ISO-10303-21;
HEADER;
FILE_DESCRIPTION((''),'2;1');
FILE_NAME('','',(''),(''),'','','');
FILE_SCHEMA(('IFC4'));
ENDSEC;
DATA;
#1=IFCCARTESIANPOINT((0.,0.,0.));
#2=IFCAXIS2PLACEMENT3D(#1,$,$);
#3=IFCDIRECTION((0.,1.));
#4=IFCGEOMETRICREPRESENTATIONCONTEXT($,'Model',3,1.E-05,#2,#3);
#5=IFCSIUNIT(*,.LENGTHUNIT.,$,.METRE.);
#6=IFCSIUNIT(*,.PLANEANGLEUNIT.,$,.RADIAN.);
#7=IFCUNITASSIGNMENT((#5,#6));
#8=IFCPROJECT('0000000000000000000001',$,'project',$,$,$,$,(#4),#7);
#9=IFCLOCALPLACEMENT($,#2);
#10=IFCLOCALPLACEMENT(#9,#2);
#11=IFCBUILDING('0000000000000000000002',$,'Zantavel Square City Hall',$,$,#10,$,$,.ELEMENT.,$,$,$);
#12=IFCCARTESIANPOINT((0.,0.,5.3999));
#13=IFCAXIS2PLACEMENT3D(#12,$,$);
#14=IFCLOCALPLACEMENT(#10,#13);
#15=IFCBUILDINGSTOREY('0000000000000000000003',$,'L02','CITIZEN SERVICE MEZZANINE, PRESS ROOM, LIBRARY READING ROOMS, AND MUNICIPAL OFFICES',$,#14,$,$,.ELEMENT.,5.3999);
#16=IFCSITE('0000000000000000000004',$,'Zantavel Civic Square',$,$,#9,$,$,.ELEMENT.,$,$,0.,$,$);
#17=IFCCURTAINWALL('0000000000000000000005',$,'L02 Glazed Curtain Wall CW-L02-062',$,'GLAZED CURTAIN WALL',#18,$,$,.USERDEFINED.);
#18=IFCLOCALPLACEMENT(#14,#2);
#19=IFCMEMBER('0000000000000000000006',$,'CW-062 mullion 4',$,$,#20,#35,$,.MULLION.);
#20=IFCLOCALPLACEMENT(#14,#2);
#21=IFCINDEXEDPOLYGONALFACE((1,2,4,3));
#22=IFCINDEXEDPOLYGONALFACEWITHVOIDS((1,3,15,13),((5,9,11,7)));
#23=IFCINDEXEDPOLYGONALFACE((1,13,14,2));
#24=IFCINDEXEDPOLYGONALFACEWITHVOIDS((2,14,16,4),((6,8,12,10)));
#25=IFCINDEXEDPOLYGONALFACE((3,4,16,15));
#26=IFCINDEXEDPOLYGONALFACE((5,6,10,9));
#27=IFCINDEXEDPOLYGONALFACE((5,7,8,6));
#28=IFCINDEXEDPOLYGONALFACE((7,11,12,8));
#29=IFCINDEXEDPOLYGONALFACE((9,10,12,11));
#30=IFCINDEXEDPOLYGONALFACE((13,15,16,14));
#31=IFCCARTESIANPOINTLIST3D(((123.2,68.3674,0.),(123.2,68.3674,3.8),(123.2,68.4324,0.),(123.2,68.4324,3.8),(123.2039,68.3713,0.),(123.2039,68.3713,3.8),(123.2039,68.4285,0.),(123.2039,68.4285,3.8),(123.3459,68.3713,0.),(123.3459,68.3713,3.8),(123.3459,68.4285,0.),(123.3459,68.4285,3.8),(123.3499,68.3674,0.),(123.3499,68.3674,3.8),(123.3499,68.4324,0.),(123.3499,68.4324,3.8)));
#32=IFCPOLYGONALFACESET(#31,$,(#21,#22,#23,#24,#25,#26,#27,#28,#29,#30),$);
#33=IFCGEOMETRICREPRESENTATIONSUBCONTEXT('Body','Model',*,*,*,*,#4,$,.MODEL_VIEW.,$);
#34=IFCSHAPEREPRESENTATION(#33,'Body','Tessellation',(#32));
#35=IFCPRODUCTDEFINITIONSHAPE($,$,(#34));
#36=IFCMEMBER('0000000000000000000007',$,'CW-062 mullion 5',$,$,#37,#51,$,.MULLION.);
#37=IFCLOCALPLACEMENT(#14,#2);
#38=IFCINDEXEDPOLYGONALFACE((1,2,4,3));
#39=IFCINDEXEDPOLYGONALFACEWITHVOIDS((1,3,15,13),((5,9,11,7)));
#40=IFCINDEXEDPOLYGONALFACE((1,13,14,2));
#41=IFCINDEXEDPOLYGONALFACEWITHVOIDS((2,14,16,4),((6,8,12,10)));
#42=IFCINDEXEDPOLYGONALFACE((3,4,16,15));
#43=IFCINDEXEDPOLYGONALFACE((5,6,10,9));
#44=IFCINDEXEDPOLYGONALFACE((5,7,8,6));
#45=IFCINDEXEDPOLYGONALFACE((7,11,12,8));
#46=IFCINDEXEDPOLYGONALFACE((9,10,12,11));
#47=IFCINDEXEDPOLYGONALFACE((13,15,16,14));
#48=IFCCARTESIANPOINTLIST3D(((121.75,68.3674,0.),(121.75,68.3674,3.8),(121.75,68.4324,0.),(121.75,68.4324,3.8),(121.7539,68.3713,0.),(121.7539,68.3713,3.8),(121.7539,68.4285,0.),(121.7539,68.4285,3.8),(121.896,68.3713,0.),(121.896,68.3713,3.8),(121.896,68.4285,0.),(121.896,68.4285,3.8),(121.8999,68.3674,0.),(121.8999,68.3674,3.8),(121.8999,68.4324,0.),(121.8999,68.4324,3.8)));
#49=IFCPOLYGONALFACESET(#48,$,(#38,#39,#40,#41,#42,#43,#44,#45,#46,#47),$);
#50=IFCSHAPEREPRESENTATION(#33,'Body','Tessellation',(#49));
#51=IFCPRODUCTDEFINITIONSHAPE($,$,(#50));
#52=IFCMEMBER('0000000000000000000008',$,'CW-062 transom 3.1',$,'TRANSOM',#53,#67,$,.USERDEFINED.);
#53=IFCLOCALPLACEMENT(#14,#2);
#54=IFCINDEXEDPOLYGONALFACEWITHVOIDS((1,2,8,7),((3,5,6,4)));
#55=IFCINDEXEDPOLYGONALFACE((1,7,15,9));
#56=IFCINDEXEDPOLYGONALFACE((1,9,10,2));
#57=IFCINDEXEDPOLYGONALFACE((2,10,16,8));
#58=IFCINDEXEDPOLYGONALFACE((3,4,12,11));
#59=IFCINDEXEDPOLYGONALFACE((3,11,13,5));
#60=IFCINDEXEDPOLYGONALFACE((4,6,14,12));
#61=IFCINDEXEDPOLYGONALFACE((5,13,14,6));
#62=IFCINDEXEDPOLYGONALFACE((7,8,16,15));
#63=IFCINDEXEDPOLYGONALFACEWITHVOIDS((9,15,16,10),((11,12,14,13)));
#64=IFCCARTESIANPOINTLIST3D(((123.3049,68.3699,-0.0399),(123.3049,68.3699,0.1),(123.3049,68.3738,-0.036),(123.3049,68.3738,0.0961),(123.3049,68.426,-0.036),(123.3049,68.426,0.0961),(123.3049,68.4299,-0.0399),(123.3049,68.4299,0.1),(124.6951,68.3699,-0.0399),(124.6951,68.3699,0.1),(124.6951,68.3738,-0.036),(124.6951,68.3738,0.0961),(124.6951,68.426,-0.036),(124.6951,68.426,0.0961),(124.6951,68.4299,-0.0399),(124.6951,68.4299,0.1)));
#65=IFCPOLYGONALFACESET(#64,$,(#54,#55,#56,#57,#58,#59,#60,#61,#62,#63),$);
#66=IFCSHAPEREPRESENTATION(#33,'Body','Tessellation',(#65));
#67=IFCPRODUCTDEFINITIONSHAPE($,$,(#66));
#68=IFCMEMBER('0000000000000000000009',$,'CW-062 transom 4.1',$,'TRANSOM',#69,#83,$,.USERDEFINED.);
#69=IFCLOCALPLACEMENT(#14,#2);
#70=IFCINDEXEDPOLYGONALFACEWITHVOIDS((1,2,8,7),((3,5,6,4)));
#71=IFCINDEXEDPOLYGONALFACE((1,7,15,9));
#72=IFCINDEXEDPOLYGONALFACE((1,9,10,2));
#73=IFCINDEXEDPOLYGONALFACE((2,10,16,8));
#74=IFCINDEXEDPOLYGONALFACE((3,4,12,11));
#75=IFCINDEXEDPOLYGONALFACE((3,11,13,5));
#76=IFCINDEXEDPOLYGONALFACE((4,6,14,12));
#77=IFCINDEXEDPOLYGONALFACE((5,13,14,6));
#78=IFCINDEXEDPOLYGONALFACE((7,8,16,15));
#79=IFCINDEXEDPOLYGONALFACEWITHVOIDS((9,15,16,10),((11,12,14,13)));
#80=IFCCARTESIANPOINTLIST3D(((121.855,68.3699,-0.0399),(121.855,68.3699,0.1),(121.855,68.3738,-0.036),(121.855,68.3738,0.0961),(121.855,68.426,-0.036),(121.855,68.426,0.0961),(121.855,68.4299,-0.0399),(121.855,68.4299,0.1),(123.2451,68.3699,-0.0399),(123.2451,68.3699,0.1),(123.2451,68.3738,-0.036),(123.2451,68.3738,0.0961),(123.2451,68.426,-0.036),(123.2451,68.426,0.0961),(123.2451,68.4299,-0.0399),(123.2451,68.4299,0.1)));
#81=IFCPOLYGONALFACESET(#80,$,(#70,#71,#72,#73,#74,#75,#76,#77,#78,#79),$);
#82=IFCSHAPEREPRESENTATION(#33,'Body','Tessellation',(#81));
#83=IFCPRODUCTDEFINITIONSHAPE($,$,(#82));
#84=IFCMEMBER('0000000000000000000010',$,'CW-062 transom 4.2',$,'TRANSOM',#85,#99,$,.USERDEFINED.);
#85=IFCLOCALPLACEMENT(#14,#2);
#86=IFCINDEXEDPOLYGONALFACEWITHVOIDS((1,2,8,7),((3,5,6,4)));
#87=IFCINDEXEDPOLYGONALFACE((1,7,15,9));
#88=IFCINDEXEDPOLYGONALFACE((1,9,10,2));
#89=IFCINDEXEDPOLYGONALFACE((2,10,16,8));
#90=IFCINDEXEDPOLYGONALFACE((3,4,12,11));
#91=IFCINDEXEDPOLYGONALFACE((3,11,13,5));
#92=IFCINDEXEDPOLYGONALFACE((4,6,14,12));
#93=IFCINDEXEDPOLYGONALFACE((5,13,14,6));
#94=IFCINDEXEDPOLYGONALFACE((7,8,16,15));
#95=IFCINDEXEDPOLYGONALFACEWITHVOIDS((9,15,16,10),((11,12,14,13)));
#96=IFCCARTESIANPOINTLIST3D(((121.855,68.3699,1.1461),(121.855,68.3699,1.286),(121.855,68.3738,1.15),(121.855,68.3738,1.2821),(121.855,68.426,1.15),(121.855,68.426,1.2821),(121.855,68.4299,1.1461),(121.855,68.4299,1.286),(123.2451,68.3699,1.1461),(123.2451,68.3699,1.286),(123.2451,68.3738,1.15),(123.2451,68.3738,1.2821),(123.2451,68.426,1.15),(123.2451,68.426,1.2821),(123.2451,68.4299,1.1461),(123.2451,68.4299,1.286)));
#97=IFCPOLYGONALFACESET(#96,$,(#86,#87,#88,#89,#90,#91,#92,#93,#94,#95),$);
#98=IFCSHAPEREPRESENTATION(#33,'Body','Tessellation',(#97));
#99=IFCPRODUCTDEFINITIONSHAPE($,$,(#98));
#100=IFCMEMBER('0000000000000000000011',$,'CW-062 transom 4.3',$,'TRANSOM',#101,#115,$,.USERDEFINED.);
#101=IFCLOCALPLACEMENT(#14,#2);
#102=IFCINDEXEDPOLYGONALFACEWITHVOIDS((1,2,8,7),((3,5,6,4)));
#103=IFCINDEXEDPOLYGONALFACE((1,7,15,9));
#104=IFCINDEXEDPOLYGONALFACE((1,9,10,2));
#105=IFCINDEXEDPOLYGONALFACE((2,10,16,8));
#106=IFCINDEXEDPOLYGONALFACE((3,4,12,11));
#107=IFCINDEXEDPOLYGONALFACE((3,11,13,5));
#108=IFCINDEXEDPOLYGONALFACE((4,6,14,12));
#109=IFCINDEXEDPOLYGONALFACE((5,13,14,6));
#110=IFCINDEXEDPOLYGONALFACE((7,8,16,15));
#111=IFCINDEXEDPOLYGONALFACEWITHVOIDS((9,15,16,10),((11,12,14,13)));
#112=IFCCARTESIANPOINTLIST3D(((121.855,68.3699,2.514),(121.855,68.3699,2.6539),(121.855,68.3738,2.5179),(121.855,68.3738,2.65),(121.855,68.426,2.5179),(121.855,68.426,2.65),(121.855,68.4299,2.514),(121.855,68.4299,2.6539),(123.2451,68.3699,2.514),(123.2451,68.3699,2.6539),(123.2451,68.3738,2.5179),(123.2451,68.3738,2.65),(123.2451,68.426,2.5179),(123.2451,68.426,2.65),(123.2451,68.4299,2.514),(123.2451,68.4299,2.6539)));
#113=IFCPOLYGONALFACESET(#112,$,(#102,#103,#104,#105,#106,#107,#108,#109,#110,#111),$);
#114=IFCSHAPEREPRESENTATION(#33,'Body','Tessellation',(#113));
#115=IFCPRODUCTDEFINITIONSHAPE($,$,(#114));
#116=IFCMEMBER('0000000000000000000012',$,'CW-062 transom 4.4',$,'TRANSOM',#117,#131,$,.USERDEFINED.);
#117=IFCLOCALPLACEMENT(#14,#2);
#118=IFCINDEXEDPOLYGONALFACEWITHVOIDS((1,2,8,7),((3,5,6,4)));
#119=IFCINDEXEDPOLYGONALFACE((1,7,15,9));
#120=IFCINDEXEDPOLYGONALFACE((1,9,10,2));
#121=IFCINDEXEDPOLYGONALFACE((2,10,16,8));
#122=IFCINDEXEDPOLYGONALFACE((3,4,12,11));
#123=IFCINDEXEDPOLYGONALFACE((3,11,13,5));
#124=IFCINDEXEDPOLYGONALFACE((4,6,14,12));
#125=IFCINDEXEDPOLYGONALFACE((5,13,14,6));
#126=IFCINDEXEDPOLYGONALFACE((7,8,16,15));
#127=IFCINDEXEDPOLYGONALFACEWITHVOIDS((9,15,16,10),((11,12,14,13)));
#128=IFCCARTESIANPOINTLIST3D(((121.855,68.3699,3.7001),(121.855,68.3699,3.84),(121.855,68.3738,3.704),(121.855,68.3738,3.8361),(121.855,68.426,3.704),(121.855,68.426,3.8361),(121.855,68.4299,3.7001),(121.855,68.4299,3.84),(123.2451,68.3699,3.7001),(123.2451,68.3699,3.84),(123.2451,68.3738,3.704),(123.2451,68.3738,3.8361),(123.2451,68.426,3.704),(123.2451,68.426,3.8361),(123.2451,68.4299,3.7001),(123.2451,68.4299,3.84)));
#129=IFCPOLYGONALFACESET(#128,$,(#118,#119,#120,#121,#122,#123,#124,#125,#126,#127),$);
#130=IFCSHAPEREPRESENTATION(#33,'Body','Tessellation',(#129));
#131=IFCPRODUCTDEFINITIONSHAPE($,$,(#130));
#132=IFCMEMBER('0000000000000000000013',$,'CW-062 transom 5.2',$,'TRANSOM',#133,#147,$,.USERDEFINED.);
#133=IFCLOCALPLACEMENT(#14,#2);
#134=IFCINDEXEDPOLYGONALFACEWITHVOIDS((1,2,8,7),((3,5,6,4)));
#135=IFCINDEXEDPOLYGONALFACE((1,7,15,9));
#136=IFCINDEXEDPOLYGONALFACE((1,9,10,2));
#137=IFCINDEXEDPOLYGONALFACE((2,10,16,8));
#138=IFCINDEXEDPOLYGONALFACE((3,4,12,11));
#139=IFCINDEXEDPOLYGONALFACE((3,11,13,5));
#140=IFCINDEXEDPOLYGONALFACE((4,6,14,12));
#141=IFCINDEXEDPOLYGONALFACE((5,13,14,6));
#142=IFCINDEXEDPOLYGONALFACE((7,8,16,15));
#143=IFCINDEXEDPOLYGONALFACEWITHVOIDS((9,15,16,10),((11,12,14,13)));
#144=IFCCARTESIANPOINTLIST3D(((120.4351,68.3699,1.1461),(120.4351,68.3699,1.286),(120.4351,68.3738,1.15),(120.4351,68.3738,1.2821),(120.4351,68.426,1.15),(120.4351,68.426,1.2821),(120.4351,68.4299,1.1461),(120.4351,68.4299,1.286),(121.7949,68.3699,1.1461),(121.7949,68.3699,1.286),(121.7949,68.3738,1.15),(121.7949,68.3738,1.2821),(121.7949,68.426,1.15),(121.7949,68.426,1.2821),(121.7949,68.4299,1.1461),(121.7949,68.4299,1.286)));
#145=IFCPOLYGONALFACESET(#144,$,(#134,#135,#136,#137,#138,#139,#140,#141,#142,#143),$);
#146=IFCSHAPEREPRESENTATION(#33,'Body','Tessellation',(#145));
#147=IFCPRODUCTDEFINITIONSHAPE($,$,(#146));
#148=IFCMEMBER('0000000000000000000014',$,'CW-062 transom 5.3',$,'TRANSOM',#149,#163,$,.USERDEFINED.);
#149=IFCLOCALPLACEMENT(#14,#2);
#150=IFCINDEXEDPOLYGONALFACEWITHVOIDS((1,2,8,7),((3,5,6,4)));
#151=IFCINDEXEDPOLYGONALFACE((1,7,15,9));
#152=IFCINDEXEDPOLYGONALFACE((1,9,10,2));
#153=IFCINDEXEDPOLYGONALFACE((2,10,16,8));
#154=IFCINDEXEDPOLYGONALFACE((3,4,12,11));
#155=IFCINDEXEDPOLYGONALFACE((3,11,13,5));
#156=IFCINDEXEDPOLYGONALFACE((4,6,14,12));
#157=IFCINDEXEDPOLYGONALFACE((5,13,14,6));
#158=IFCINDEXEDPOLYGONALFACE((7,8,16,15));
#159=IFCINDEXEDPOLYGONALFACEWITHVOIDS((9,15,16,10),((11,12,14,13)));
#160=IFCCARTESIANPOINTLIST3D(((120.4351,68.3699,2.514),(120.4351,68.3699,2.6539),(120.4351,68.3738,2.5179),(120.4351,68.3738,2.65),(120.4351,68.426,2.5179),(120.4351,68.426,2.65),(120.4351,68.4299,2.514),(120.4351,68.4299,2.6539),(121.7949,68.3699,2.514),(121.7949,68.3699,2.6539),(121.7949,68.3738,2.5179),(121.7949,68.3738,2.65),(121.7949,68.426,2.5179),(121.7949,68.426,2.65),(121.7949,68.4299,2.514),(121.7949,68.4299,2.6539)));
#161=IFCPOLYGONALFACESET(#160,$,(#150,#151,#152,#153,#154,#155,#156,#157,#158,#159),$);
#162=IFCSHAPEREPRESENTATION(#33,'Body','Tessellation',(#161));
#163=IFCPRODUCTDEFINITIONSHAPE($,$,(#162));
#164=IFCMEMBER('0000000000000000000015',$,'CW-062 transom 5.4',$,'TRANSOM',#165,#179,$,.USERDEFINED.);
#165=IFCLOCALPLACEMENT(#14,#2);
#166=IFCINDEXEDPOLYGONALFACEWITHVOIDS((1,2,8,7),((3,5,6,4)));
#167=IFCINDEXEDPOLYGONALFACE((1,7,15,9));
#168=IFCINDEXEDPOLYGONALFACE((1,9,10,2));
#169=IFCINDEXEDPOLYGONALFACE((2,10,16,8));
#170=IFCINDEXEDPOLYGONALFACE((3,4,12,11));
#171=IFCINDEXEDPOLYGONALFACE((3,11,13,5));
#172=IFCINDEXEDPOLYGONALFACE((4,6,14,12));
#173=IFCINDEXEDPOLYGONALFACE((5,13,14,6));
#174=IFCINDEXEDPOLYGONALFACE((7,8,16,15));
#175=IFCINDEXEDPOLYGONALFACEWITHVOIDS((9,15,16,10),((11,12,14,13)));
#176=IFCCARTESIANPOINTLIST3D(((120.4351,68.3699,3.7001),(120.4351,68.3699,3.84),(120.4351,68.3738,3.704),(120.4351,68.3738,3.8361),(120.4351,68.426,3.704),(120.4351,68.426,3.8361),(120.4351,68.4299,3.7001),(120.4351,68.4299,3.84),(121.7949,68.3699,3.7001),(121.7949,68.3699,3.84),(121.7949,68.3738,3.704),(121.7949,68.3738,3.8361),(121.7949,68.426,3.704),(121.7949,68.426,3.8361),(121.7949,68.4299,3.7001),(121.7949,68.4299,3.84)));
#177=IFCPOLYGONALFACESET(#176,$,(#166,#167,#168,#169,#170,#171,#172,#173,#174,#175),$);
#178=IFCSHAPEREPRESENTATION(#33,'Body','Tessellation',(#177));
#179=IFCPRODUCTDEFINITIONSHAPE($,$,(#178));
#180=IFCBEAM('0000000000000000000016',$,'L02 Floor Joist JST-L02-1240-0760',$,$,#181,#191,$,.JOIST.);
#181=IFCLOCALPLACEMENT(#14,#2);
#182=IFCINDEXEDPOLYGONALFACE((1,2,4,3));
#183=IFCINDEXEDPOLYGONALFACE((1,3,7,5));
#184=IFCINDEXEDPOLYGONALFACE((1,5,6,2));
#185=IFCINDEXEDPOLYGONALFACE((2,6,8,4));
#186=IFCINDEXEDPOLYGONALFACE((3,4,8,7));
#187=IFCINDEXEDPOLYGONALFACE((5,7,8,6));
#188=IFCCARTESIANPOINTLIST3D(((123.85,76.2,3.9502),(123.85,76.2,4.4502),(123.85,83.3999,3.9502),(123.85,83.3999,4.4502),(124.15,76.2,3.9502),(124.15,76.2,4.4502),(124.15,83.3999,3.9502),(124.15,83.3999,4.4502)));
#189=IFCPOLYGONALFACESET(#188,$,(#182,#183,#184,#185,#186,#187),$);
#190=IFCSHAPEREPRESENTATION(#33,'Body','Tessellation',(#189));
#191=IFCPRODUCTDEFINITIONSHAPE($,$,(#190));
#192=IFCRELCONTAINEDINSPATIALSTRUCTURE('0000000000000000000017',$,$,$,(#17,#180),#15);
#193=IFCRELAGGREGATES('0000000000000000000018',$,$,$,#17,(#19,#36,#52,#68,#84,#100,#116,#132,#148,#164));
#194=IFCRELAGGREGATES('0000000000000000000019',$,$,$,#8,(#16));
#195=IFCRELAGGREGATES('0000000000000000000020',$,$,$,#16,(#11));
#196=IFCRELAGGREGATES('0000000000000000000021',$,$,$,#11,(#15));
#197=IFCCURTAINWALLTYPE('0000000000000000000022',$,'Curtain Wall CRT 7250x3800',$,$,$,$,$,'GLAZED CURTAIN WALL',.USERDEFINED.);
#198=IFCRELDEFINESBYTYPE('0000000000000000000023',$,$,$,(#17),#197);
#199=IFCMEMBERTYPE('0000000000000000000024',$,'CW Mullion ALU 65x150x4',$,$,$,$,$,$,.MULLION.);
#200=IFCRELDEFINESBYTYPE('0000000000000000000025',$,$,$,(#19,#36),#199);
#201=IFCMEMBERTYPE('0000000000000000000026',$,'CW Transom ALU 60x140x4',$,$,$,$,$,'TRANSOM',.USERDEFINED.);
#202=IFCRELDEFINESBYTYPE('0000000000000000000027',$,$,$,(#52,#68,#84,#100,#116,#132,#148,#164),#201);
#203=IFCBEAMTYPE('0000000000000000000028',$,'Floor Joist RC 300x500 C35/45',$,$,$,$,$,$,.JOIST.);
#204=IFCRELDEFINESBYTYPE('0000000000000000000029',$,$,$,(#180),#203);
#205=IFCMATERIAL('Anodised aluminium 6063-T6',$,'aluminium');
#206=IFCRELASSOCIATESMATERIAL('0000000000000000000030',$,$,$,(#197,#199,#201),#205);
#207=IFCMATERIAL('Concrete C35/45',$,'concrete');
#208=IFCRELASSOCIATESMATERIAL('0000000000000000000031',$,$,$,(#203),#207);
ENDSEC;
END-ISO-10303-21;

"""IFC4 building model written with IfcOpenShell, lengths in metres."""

from ifc_helpers import new_model, si_unit, direction, frame, origin, origin_2d, place, context, subcontext, project, spatial, rectangle, hollow_rectangle, extrude, material, material_profile, profile_set, type_object, element, aggregate, save


model = new_model("IFC4")

# Units and contexts
model_context = context("Model", 3, precision=1e-05, world=origin(), true_north=direction((0.0, 1.0)))
body_context = subcontext(model_context, "Body", "Model", "MODEL_VIEW")
ifc_project = project(units=[si_unit("LENGTHUNIT", "METRE"), si_unit("PLANEANGLEUNIT", "RADIAN")], contexts=[model_context])

# Site, building, storey
site_placement = place(None, origin())
site = spatial("IfcSite", under=ifc_project, at=site_placement, Name="Zantavel Civic Square", CompositionType="ELEMENT", RefElevation=0.0)
building_placement = place(site_placement, origin())
building = spatial("IfcBuilding", under=site, at=building_placement, Name="Zantavel Square City Hall", CompositionType="ELEMENT")
storey_placement = place(building_placement, frame((0.0, 0.0, 5.3999)))
storey = spatial("IfcBuildingStorey", under=building, at=storey_placement, Name="L02", Description="CITIZEN SERVICE MEZZANINE, PRESS ROOM, LIBRARY READING ROOMS, AND MUNICIPAL OFFICES", CompositionType="ELEMENT", Elevation=5.3999)

# Curtain wall, members
ifc_material_1 = material(Name="Anodised aluminium 6063-T6", Category="aluminium")
curtain_wall_type = type_object("IfcCurtainWallType", Name="Curtain Wall CRT 7250x3800", ElementType="GLAZED CURTAIN WALL", PredefinedType="USERDEFINED", material=ifc_material_1)
curtain_wall_placement = place(storey_placement, origin())
curtain_wall = element("IfcCurtainWall", 1, at=curtain_wall_placement, inside=storey, type_object=curtain_wall_type, Name="L02 Glazed Curtain Wall CW-L02-062", ObjectType="GLAZED CURTAIN WALL", PredefinedType="USERDEFINED")
ifc_material_profile_1 = material_profile(ifc_material_1, hollow_rectangle(XDim=0.0649, YDim=0.1499, WallThickness=0.0039, at=origin_2d()), Name="ALU 65x150x4")
ifc_profile_set_1 = profile_set([ifc_material_profile_1], Name="Anodised aluminium 6063-T6")
member_type_1 = type_object("IfcMemberType", Name="CW Mullion ALU 65x150x4", PredefinedType="MULLION", material=ifc_profile_set_1)
member_1_placement = place(storey_placement, frame((123.2749, 68.3999, 0.0), z_axis=(0.0, 0.0, 1.0), x_axis=(0.0, -1.0, 0.0)))
member_1 = element("IfcMember", 2, at=member_1_placement, type_object=member_type_1, Name="CW-062 mullion 4", PredefinedType="MULLION", context=body_context, shape_type="SweptSolid", body=[
    extrude(hollow_rectangle(XDim=0.0649, YDim=0.1499, WallThickness=0.0039, at=origin_2d()), origin(), (0.0, 0.0, 1.0), 3.8),
])
member_2_placement = place(storey_placement, frame((121.825, 68.3999, 0.0), z_axis=(0.0, 0.0, 1.0), x_axis=(0.0, -1.0, 0.0)))
member_2 = element("IfcMember", 3, at=member_2_placement, type_object=member_type_1, Name="CW-062 mullion 5", PredefinedType="MULLION", context=body_context, shape_type="SweptSolid", body=[
    extrude(hollow_rectangle(XDim=0.0649, YDim=0.1499, WallThickness=0.0039, at=origin_2d()), origin(), (0.0, 0.0, 1.0), 3.8),
])
ifc_material_profile_2 = material_profile(ifc_material_1, hollow_rectangle(XDim=0.0601, YDim=0.1399, WallThickness=0.0039, at=origin_2d()), Name="ALU 60x140x4")
ifc_profile_set_2 = profile_set([ifc_material_profile_2], Name="Anodised aluminium 6063-T6")
member_type_2 = type_object("IfcMemberType", Name="CW Transom ALU 60x140x4", ElementType="TRANSOM", PredefinedType="USERDEFINED", material=ifc_profile_set_2)
member_3_placement = place(storey_placement, frame((124.6951, 68.3999, 0.03), z_axis=(-1.0, 0.0, 0.0), x_axis=(0.0, -1.0, 0.0)))
member_3 = element("IfcMember", 4, at=member_3_placement, type_object=member_type_2, Name="CW-062 transom 3.1", ObjectType="TRANSOM", PredefinedType="USERDEFINED", context=body_context, shape_type="SweptSolid", body=[
    extrude(hollow_rectangle(XDim=0.0601, YDim=0.1399, WallThickness=0.0039, at=origin_2d()), origin(), (0.0, 0.0, 1.0), 1.3901),
])
member_4_placement = place(storey_placement, frame((123.2451, 68.3999, 0.03), z_axis=(-1.0, 0.0, 0.0), x_axis=(0.0, -1.0, 0.0)))
member_4 = element("IfcMember", 5, at=member_4_placement, type_object=member_type_2, Name="CW-062 transom 4.1", ObjectType="TRANSOM", PredefinedType="USERDEFINED", context=body_context, shape_type="SweptSolid", body=[
    extrude(hollow_rectangle(XDim=0.0601, YDim=0.1399, WallThickness=0.0039, at=origin_2d()), origin(), (0.0, 0.0, 1.0), 1.3901),
])
member_5_placement = place(storey_placement, frame((123.2451, 68.3999, 1.2161), z_axis=(-1.0, 0.0, 0.0), x_axis=(0.0, -1.0, 0.0)))
member_5 = element("IfcMember", 6, at=member_5_placement, type_object=member_type_2, Name="CW-062 transom 4.2", ObjectType="TRANSOM", PredefinedType="USERDEFINED", context=body_context, shape_type="SweptSolid", body=[
    extrude(hollow_rectangle(XDim=0.0601, YDim=0.1399, WallThickness=0.0039, at=origin_2d()), origin(), (0.0, 0.0, 1.0), 1.3901),
])
member_6_placement = place(storey_placement, frame((123.2451, 68.3999, 2.584), z_axis=(-1.0, 0.0, 0.0), x_axis=(0.0, -1.0, 0.0)))
member_6 = element("IfcMember", 7, at=member_6_placement, type_object=member_type_2, Name="CW-062 transom 4.3", ObjectType="TRANSOM", PredefinedType="USERDEFINED", context=body_context, shape_type="SweptSolid", body=[
    extrude(hollow_rectangle(XDim=0.0601, YDim=0.1399, WallThickness=0.0039, at=origin_2d()), origin(), (0.0, 0.0, 1.0), 1.3901),
])
member_7_placement = place(storey_placement, frame((123.2451, 68.3999, 3.77), z_axis=(-1.0, 0.0, 0.0), x_axis=(0.0, -1.0, 0.0)))
member_7 = element("IfcMember", 8, at=member_7_placement, type_object=member_type_2, Name="CW-062 transom 4.4", ObjectType="TRANSOM", PredefinedType="USERDEFINED", context=body_context, shape_type="SweptSolid", body=[
    extrude(hollow_rectangle(XDim=0.0601, YDim=0.1399, WallThickness=0.0039, at=origin_2d()), origin(), (0.0, 0.0, 1.0), 1.3901),
])
member_8_placement = place(storey_placement, frame((121.7949, 68.3999, 1.2161), z_axis=(-1.0, 0.0, 0.0), x_axis=(0.0, -1.0, 0.0)))
member_8 = element("IfcMember", 9, at=member_8_placement, type_object=member_type_2, Name="CW-062 transom 5.2", ObjectType="TRANSOM", PredefinedType="USERDEFINED", context=body_context, shape_type="SweptSolid", body=[
    extrude(hollow_rectangle(XDim=0.0601, YDim=0.1399, WallThickness=0.0039, at=origin_2d()), origin(), (0.0, 0.0, 1.0), 1.3599),
])
member_9_placement = place(storey_placement, frame((121.7949, 68.3999, 2.584), z_axis=(-1.0, 0.0, 0.0), x_axis=(0.0, -1.0, 0.0)))
member_9 = element("IfcMember", 10, at=member_9_placement, type_object=member_type_2, Name="CW-062 transom 5.3", ObjectType="TRANSOM", PredefinedType="USERDEFINED", context=body_context, shape_type="SweptSolid", body=[
    extrude(hollow_rectangle(XDim=0.0601, YDim=0.1399, WallThickness=0.0039, at=origin_2d()), origin(), (0.0, 0.0, 1.0), 1.3599),
])
member_10_placement = place(storey_placement, frame((121.7949, 68.3999, 3.77), z_axis=(-1.0, 0.0, 0.0), x_axis=(0.0, -1.0, 0.0)))
member_10 = element("IfcMember", 11, at=member_10_placement, type_object=member_type_2, Name="CW-062 transom 5.4", ObjectType="TRANSOM", PredefinedType="USERDEFINED", context=body_context, shape_type="SweptSolid", body=[
    extrude(hollow_rectangle(XDim=0.0601, YDim=0.1399, WallThickness=0.0039, at=origin_2d()), origin(), (0.0, 0.0, 1.0), 1.3599),
])

# Beam
ifc_material_2 = material(Name="Concrete C35/45", Category="concrete")
ifc_material_profile_3 = material_profile(ifc_material_2, rectangle(XDim=0.3, YDim=0.5, at=origin_2d()), Name="RC 300x500")
ifc_profile_set_3 = profile_set([ifc_material_profile_3], Name="Concrete C35/45")
beam_type_1 = type_object("IfcBeamType", Name="Floor Joist RC 300x500 C35/45", PredefinedType="JOIST", material=ifc_profile_set_3)
beam_1_placement = place(storey_placement, frame((124.0, 76.2, 4.2002), z_axis=(0.0, 1.0, 0.0), x_axis=(-1.0, 0.0, 0.0)))
element("IfcBeam", 12, at=beam_1_placement, inside=storey, type_object=beam_type_1, Name="L02 Floor Joist JST-L02-1240-0760", PredefinedType="JOIST", context=body_context, shape_type="SweptSolid", body=[
    extrude(rectangle(XDim=0.3, YDim=0.5, at=origin_2d()), origin(), (0.0, 0.0, 1.0), 7.2),
])

aggregate(curtain_wall, [member_1, member_2, member_3, member_4, member_5, member_6, member_7, member_8, member_9, member_10])

save(model, "model.ifc")
